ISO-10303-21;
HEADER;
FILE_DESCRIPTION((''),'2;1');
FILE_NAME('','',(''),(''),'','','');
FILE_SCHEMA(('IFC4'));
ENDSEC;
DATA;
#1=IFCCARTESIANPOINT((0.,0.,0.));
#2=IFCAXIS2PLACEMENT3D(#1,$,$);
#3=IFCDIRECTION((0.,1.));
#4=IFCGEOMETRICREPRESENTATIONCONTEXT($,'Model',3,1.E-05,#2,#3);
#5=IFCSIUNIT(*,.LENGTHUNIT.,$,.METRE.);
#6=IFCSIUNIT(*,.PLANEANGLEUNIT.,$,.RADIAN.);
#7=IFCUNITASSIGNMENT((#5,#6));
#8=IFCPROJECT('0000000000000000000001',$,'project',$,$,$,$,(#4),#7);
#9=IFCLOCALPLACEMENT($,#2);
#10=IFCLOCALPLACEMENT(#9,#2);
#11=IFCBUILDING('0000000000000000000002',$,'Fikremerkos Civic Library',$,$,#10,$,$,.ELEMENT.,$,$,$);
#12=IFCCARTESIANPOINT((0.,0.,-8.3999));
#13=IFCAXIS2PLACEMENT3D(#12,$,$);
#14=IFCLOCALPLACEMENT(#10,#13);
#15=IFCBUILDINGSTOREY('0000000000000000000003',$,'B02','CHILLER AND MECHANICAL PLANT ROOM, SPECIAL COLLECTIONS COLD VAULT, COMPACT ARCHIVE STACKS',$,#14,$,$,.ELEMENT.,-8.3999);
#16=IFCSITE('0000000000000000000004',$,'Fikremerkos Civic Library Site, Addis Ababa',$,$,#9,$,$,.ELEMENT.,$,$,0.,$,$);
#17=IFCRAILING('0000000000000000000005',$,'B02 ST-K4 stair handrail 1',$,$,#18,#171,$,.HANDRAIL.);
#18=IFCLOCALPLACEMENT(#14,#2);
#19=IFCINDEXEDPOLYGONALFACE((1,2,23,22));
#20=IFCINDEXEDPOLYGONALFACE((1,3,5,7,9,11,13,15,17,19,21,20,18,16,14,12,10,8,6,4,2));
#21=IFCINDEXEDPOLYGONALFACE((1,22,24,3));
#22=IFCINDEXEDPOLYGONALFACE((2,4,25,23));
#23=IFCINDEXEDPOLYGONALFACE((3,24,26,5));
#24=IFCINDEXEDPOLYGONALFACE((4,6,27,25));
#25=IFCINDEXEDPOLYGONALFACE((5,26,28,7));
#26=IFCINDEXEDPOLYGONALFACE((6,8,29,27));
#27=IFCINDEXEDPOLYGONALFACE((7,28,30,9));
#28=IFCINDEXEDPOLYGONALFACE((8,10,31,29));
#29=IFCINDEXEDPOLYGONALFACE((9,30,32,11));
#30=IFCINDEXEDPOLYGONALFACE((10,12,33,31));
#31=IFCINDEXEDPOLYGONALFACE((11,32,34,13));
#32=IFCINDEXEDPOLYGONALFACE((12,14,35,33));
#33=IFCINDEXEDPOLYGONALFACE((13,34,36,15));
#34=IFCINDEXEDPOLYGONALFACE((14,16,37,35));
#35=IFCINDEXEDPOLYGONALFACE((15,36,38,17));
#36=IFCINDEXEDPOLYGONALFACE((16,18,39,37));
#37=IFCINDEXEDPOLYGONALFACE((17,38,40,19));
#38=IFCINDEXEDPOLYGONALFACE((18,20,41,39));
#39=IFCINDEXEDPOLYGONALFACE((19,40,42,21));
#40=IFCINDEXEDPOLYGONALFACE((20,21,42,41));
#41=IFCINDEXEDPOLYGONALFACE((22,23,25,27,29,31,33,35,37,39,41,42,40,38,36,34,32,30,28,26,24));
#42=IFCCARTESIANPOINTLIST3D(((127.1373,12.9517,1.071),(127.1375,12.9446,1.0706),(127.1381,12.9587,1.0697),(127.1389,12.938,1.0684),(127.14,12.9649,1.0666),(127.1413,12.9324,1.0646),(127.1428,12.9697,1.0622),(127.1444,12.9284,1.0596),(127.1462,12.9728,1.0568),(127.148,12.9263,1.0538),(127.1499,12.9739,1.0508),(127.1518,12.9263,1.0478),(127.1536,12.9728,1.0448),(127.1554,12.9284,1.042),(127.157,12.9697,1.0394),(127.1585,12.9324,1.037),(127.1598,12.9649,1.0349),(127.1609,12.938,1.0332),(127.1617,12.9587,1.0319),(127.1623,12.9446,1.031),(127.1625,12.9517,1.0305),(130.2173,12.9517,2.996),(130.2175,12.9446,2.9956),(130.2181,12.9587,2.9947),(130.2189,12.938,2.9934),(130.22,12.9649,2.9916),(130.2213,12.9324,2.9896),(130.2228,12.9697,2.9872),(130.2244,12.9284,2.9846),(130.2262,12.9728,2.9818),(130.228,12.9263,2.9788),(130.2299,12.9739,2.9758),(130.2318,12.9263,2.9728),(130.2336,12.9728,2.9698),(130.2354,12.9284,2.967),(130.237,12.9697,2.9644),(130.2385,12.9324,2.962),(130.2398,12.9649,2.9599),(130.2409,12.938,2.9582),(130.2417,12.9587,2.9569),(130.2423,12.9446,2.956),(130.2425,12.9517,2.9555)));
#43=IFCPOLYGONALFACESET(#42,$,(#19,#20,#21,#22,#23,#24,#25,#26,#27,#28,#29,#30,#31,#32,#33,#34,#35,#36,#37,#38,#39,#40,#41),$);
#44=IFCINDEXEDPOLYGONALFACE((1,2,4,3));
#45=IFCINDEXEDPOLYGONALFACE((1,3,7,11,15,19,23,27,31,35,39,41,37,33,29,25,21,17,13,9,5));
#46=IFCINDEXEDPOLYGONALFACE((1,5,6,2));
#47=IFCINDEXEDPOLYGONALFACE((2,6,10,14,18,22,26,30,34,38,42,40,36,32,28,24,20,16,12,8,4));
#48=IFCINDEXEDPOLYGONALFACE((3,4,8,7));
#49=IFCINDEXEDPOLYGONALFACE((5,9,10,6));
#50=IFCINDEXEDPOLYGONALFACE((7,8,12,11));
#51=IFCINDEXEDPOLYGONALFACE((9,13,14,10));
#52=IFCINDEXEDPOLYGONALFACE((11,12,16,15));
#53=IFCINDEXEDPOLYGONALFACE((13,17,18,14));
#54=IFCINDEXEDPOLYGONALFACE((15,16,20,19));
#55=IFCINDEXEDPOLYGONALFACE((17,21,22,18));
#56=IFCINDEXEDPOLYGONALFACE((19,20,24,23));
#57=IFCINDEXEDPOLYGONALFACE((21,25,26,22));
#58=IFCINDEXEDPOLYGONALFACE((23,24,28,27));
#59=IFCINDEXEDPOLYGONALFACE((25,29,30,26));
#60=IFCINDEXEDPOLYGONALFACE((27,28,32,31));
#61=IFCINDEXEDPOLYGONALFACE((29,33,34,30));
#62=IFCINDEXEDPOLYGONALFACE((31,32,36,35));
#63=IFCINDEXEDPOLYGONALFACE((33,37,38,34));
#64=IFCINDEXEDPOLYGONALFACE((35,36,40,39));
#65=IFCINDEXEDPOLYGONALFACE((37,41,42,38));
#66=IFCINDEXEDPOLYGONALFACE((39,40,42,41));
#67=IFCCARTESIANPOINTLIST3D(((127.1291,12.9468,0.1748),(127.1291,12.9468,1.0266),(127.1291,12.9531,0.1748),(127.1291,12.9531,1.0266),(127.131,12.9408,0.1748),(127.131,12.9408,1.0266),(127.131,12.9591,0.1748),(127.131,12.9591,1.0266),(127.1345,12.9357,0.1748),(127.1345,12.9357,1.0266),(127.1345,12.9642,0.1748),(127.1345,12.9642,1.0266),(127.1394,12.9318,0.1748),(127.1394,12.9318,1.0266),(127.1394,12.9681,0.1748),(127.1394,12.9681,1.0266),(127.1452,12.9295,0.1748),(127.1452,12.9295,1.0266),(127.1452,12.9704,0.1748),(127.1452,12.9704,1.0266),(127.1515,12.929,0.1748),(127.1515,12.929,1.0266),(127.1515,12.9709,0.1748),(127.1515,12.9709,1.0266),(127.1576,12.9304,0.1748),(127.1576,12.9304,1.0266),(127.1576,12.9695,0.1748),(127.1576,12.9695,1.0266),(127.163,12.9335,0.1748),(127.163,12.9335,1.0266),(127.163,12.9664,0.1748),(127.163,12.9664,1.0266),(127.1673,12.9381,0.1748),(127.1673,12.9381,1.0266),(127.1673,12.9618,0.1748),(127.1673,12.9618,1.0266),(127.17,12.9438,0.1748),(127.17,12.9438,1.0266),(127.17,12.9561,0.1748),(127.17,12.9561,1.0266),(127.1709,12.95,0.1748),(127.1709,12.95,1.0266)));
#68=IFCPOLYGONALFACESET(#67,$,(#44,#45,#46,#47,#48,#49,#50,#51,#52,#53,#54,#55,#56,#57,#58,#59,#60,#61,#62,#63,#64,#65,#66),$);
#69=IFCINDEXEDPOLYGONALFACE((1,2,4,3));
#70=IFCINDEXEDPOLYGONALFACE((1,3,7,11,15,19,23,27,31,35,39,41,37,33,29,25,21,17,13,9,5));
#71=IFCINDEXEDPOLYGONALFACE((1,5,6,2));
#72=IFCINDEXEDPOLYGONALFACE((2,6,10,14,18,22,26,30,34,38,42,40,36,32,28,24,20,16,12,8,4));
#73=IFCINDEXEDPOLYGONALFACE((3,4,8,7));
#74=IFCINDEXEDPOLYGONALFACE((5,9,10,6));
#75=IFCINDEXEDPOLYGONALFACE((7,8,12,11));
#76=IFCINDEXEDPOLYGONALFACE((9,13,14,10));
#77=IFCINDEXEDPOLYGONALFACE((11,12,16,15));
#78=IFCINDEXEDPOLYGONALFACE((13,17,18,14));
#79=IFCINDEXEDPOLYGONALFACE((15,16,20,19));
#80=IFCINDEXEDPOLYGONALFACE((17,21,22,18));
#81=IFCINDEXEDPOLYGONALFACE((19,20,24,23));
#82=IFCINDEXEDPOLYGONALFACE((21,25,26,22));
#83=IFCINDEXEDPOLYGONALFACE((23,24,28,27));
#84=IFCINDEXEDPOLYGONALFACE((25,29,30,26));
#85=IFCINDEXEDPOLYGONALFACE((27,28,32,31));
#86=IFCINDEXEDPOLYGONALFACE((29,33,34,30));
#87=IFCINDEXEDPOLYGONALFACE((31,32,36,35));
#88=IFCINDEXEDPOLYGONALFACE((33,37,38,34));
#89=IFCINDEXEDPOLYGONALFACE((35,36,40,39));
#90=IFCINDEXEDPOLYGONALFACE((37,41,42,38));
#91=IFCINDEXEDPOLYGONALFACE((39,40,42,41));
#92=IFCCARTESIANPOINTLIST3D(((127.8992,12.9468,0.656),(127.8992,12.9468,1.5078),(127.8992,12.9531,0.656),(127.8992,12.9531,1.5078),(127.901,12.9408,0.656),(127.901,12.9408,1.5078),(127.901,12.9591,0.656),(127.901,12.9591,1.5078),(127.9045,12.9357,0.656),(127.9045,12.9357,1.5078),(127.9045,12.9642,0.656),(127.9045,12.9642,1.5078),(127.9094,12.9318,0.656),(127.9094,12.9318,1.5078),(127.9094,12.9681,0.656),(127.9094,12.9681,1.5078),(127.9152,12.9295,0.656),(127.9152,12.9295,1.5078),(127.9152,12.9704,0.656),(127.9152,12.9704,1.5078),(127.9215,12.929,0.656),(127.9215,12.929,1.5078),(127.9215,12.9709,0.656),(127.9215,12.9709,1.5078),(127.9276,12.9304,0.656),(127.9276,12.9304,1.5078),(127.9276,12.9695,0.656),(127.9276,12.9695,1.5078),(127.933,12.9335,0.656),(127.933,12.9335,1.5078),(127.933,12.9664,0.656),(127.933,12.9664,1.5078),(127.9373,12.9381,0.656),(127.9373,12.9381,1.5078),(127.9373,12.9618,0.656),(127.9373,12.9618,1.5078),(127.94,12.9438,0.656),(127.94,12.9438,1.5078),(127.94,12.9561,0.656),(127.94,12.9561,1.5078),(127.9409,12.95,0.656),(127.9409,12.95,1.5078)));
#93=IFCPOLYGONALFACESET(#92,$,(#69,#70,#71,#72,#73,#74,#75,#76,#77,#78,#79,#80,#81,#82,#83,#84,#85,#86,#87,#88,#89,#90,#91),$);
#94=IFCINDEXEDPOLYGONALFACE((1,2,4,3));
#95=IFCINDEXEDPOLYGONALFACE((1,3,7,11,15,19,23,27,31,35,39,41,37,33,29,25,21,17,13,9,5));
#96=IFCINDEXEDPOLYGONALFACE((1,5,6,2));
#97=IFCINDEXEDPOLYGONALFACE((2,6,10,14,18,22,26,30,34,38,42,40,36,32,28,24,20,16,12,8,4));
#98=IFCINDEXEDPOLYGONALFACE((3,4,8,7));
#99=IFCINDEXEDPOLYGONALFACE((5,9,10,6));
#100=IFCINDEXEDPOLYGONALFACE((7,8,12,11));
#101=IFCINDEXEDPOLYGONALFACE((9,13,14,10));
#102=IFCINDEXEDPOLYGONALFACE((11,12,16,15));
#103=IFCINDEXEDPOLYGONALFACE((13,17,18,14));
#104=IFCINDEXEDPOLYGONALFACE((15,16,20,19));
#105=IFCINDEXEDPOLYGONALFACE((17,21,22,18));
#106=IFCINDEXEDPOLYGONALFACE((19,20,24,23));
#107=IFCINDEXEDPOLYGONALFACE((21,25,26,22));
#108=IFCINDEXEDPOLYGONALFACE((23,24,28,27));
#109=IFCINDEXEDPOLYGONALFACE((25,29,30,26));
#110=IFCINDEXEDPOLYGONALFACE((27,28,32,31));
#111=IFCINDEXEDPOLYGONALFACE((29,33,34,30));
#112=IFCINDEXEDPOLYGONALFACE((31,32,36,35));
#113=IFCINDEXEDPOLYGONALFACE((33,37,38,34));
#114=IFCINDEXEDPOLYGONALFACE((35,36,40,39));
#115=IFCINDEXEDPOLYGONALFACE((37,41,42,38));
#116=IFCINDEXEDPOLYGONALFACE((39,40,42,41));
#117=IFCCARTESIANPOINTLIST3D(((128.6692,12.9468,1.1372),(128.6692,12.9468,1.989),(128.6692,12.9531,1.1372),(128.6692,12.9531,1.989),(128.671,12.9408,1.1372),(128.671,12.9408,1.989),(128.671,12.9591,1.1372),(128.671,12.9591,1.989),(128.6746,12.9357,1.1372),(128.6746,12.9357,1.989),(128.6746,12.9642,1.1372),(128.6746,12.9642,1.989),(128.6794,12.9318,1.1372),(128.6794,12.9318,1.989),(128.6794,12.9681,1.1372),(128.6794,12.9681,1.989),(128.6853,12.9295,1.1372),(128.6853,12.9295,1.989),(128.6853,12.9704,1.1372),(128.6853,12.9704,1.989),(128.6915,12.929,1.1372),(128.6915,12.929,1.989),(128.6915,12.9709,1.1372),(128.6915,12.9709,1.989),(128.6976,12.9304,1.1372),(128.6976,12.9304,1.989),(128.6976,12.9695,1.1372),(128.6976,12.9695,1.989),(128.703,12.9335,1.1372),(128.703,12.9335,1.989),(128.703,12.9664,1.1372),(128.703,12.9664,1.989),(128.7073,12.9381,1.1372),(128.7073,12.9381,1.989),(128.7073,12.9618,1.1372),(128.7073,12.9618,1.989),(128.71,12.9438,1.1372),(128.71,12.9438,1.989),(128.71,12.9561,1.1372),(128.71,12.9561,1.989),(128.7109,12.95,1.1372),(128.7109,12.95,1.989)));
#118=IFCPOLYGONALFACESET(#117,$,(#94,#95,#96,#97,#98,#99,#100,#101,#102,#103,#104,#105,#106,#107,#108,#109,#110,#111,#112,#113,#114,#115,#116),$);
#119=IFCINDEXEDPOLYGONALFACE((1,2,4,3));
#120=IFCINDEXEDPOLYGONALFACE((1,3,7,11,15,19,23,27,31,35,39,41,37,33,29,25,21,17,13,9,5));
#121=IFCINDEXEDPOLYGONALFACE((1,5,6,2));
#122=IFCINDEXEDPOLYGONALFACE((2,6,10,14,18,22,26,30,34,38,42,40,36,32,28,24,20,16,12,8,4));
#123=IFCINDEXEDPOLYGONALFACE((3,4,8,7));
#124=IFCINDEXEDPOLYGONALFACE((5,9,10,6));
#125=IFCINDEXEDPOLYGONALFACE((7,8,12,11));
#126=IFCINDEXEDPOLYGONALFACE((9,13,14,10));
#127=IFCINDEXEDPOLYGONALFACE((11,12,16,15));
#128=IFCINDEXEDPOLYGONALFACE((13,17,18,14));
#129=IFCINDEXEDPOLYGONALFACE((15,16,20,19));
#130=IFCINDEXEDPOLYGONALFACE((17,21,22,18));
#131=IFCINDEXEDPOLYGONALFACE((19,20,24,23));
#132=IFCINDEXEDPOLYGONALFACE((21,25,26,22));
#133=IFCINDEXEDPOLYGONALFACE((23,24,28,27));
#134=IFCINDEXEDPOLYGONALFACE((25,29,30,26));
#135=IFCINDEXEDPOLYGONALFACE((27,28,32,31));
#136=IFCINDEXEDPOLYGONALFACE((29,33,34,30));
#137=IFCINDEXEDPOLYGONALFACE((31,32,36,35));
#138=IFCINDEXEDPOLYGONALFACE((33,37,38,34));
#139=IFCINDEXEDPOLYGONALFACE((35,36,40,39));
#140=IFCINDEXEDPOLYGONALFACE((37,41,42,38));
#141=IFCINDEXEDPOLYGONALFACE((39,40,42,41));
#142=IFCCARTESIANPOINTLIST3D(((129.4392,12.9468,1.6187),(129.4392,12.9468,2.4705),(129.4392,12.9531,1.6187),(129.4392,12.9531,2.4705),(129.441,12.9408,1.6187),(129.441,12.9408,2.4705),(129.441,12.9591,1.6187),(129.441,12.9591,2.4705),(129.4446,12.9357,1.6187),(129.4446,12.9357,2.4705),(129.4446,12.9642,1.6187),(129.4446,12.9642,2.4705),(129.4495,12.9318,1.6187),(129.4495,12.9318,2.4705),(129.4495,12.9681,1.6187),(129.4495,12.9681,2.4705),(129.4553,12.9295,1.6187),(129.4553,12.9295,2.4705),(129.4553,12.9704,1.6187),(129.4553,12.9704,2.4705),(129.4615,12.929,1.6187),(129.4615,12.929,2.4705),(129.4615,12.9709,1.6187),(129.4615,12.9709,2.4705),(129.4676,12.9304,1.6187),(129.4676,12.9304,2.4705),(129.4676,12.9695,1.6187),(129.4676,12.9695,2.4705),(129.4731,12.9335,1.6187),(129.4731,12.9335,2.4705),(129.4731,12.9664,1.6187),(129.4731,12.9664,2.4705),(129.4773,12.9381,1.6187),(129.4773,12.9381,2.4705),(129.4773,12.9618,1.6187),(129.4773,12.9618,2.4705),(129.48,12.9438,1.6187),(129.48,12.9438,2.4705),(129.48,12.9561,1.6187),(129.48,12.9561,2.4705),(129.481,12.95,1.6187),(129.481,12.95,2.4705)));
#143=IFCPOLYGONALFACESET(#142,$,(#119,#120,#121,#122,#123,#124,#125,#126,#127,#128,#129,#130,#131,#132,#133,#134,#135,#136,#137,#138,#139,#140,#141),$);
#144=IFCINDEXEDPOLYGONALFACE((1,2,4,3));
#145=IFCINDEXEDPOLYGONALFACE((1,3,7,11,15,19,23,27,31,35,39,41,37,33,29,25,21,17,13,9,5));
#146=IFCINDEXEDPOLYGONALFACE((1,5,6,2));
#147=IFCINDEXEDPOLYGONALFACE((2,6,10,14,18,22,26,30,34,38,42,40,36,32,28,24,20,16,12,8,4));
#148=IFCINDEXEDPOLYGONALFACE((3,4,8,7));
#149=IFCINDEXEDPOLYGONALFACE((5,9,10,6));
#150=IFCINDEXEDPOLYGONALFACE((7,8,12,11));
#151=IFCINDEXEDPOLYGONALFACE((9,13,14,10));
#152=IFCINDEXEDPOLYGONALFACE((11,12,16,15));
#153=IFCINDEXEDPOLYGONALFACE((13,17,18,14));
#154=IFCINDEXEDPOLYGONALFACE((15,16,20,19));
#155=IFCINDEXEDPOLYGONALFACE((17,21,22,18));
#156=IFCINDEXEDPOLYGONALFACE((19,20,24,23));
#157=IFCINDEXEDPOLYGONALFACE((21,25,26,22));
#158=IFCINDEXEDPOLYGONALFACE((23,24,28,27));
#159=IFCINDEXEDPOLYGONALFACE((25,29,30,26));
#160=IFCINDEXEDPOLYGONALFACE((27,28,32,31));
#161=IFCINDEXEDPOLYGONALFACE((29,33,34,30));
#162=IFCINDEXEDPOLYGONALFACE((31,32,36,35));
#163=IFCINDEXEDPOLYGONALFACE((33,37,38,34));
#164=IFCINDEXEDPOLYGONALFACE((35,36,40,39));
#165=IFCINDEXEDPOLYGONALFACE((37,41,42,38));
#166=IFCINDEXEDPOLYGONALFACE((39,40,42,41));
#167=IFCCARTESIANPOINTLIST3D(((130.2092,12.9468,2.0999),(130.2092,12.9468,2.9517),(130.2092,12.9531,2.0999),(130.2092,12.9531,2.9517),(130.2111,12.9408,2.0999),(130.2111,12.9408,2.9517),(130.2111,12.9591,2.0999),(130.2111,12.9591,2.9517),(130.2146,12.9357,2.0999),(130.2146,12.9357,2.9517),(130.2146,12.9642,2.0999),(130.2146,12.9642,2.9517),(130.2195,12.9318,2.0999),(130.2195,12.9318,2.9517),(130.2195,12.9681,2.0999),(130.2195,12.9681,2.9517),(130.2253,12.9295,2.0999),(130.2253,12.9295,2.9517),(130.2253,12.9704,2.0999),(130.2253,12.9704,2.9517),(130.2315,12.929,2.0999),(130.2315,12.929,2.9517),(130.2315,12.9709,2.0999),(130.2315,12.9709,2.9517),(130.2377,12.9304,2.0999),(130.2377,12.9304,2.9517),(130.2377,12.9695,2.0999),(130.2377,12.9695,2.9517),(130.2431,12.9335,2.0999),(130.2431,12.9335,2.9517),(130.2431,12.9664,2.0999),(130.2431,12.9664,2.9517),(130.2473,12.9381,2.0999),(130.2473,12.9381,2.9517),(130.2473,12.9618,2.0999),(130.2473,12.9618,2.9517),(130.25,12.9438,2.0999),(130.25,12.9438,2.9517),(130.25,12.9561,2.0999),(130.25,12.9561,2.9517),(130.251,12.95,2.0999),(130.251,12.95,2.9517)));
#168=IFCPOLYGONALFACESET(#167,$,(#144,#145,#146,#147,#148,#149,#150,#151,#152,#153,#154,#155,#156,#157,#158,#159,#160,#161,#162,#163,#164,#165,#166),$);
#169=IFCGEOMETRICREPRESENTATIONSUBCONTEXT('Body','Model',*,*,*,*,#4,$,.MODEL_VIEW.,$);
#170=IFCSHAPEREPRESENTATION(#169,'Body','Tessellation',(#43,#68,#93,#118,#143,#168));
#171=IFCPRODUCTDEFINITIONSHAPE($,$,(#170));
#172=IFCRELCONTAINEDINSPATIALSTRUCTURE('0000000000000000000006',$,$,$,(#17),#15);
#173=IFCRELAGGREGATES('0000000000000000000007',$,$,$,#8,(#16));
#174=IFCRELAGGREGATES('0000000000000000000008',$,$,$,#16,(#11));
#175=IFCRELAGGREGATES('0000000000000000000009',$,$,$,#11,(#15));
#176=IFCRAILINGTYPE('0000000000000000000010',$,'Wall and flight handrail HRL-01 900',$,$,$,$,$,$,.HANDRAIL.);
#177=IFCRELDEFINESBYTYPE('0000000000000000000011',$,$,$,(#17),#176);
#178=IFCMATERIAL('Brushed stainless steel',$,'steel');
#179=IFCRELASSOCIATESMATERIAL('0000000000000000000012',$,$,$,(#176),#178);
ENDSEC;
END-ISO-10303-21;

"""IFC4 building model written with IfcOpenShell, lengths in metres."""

from ifc_helpers import new_model, si_unit, direction, frame, origin, origin_2d, place, context, subcontext, project, spatial, circle, extrude, material, type_object, element, save


model = new_model("IFC4")

# Units and contexts
model_context = context("Model", 3, precision=1e-05, world=origin(), true_north=direction((0.0, 1.0)))
body_context = subcontext(model_context, "Body", "Model", "MODEL_VIEW")
ifc_project = project(units=[si_unit("LENGTHUNIT", "METRE"), si_unit("PLANEANGLEUNIT", "RADIAN")], contexts=[model_context])

# Site, building, storey
site_placement = place(None, origin())
site = spatial("IfcSite", under=ifc_project, at=site_placement, Name="Fikremerkos Civic Library Site, Addis Ababa", CompositionType="ELEMENT", RefElevation=0.0)
building_placement = place(site_placement, origin())
building = spatial("IfcBuilding", under=site, at=building_placement, Name="Fikremerkos Civic Library", CompositionType="ELEMENT")
storey_placement = place(building_placement, frame((0.0, 0.0, -8.3999)))
storey = spatial("IfcBuildingStorey", under=building, at=storey_placement, Name="B02", Description="CHILLER AND MECHANICAL PLANT ROOM, SPECIAL COLLECTIONS COLD VAULT, COMPACT ARCHIVE STACKS", CompositionType="ELEMENT", Elevation=-8.3999)

# Railing
ifc_material_1 = material(Name="Brushed stainless steel", Category="steel")
railing_type_1 = type_object("IfcRailingType", Name="Wall and flight handrail HRL-01 900", PredefinedType="HANDRAIL", material=ifc_material_1)
railing_1_placement = place(storey_placement, frame((127.1499, 12.95, 0.1748)))
element("IfcRailing", 1, at=railing_1_placement, inside=storey, type_object=railing_type_1, Name="B02 ST-K4 stair handrail 1", PredefinedType="HANDRAIL", context=body_context, shape_type="SweptSolid", body=[
    extrude(circle(Radius=0.0239, at=origin_2d()), frame((0.0, 0.0, 0.876), z_axis=(0.847998, 0.0, 0.529999), x_axis=(0.0, 1.0, 0.0)), (0.0, 0.0, 1.0), 3.6321),
    extrude(circle(Radius=0.021, at=origin_2d()), origin(), (0.0, 0.0, 1.0), 0.8518),
    extrude(circle(Radius=0.021, at=origin_2d()), frame((0.77, 0.0, 0.4812)), (0.0, 0.0, 1.0), 0.8518),
    extrude(circle(Radius=0.021, at=origin_2d()), frame((1.54, 0.0, 0.9624)), (0.0, 0.0, 1.0), 0.8518),
    extrude(circle(Radius=0.021, at=origin_2d()), frame((2.3101, 0.0, 1.4438)), (0.0, 0.0, 1.0), 0.8518),
    extrude(circle(Radius=0.021, at=origin_2d()), frame((3.0801, 0.0, 1.925)), (0.0, 0.0, 1.0), 0.8518),
])

save(model, "model.ifc")
